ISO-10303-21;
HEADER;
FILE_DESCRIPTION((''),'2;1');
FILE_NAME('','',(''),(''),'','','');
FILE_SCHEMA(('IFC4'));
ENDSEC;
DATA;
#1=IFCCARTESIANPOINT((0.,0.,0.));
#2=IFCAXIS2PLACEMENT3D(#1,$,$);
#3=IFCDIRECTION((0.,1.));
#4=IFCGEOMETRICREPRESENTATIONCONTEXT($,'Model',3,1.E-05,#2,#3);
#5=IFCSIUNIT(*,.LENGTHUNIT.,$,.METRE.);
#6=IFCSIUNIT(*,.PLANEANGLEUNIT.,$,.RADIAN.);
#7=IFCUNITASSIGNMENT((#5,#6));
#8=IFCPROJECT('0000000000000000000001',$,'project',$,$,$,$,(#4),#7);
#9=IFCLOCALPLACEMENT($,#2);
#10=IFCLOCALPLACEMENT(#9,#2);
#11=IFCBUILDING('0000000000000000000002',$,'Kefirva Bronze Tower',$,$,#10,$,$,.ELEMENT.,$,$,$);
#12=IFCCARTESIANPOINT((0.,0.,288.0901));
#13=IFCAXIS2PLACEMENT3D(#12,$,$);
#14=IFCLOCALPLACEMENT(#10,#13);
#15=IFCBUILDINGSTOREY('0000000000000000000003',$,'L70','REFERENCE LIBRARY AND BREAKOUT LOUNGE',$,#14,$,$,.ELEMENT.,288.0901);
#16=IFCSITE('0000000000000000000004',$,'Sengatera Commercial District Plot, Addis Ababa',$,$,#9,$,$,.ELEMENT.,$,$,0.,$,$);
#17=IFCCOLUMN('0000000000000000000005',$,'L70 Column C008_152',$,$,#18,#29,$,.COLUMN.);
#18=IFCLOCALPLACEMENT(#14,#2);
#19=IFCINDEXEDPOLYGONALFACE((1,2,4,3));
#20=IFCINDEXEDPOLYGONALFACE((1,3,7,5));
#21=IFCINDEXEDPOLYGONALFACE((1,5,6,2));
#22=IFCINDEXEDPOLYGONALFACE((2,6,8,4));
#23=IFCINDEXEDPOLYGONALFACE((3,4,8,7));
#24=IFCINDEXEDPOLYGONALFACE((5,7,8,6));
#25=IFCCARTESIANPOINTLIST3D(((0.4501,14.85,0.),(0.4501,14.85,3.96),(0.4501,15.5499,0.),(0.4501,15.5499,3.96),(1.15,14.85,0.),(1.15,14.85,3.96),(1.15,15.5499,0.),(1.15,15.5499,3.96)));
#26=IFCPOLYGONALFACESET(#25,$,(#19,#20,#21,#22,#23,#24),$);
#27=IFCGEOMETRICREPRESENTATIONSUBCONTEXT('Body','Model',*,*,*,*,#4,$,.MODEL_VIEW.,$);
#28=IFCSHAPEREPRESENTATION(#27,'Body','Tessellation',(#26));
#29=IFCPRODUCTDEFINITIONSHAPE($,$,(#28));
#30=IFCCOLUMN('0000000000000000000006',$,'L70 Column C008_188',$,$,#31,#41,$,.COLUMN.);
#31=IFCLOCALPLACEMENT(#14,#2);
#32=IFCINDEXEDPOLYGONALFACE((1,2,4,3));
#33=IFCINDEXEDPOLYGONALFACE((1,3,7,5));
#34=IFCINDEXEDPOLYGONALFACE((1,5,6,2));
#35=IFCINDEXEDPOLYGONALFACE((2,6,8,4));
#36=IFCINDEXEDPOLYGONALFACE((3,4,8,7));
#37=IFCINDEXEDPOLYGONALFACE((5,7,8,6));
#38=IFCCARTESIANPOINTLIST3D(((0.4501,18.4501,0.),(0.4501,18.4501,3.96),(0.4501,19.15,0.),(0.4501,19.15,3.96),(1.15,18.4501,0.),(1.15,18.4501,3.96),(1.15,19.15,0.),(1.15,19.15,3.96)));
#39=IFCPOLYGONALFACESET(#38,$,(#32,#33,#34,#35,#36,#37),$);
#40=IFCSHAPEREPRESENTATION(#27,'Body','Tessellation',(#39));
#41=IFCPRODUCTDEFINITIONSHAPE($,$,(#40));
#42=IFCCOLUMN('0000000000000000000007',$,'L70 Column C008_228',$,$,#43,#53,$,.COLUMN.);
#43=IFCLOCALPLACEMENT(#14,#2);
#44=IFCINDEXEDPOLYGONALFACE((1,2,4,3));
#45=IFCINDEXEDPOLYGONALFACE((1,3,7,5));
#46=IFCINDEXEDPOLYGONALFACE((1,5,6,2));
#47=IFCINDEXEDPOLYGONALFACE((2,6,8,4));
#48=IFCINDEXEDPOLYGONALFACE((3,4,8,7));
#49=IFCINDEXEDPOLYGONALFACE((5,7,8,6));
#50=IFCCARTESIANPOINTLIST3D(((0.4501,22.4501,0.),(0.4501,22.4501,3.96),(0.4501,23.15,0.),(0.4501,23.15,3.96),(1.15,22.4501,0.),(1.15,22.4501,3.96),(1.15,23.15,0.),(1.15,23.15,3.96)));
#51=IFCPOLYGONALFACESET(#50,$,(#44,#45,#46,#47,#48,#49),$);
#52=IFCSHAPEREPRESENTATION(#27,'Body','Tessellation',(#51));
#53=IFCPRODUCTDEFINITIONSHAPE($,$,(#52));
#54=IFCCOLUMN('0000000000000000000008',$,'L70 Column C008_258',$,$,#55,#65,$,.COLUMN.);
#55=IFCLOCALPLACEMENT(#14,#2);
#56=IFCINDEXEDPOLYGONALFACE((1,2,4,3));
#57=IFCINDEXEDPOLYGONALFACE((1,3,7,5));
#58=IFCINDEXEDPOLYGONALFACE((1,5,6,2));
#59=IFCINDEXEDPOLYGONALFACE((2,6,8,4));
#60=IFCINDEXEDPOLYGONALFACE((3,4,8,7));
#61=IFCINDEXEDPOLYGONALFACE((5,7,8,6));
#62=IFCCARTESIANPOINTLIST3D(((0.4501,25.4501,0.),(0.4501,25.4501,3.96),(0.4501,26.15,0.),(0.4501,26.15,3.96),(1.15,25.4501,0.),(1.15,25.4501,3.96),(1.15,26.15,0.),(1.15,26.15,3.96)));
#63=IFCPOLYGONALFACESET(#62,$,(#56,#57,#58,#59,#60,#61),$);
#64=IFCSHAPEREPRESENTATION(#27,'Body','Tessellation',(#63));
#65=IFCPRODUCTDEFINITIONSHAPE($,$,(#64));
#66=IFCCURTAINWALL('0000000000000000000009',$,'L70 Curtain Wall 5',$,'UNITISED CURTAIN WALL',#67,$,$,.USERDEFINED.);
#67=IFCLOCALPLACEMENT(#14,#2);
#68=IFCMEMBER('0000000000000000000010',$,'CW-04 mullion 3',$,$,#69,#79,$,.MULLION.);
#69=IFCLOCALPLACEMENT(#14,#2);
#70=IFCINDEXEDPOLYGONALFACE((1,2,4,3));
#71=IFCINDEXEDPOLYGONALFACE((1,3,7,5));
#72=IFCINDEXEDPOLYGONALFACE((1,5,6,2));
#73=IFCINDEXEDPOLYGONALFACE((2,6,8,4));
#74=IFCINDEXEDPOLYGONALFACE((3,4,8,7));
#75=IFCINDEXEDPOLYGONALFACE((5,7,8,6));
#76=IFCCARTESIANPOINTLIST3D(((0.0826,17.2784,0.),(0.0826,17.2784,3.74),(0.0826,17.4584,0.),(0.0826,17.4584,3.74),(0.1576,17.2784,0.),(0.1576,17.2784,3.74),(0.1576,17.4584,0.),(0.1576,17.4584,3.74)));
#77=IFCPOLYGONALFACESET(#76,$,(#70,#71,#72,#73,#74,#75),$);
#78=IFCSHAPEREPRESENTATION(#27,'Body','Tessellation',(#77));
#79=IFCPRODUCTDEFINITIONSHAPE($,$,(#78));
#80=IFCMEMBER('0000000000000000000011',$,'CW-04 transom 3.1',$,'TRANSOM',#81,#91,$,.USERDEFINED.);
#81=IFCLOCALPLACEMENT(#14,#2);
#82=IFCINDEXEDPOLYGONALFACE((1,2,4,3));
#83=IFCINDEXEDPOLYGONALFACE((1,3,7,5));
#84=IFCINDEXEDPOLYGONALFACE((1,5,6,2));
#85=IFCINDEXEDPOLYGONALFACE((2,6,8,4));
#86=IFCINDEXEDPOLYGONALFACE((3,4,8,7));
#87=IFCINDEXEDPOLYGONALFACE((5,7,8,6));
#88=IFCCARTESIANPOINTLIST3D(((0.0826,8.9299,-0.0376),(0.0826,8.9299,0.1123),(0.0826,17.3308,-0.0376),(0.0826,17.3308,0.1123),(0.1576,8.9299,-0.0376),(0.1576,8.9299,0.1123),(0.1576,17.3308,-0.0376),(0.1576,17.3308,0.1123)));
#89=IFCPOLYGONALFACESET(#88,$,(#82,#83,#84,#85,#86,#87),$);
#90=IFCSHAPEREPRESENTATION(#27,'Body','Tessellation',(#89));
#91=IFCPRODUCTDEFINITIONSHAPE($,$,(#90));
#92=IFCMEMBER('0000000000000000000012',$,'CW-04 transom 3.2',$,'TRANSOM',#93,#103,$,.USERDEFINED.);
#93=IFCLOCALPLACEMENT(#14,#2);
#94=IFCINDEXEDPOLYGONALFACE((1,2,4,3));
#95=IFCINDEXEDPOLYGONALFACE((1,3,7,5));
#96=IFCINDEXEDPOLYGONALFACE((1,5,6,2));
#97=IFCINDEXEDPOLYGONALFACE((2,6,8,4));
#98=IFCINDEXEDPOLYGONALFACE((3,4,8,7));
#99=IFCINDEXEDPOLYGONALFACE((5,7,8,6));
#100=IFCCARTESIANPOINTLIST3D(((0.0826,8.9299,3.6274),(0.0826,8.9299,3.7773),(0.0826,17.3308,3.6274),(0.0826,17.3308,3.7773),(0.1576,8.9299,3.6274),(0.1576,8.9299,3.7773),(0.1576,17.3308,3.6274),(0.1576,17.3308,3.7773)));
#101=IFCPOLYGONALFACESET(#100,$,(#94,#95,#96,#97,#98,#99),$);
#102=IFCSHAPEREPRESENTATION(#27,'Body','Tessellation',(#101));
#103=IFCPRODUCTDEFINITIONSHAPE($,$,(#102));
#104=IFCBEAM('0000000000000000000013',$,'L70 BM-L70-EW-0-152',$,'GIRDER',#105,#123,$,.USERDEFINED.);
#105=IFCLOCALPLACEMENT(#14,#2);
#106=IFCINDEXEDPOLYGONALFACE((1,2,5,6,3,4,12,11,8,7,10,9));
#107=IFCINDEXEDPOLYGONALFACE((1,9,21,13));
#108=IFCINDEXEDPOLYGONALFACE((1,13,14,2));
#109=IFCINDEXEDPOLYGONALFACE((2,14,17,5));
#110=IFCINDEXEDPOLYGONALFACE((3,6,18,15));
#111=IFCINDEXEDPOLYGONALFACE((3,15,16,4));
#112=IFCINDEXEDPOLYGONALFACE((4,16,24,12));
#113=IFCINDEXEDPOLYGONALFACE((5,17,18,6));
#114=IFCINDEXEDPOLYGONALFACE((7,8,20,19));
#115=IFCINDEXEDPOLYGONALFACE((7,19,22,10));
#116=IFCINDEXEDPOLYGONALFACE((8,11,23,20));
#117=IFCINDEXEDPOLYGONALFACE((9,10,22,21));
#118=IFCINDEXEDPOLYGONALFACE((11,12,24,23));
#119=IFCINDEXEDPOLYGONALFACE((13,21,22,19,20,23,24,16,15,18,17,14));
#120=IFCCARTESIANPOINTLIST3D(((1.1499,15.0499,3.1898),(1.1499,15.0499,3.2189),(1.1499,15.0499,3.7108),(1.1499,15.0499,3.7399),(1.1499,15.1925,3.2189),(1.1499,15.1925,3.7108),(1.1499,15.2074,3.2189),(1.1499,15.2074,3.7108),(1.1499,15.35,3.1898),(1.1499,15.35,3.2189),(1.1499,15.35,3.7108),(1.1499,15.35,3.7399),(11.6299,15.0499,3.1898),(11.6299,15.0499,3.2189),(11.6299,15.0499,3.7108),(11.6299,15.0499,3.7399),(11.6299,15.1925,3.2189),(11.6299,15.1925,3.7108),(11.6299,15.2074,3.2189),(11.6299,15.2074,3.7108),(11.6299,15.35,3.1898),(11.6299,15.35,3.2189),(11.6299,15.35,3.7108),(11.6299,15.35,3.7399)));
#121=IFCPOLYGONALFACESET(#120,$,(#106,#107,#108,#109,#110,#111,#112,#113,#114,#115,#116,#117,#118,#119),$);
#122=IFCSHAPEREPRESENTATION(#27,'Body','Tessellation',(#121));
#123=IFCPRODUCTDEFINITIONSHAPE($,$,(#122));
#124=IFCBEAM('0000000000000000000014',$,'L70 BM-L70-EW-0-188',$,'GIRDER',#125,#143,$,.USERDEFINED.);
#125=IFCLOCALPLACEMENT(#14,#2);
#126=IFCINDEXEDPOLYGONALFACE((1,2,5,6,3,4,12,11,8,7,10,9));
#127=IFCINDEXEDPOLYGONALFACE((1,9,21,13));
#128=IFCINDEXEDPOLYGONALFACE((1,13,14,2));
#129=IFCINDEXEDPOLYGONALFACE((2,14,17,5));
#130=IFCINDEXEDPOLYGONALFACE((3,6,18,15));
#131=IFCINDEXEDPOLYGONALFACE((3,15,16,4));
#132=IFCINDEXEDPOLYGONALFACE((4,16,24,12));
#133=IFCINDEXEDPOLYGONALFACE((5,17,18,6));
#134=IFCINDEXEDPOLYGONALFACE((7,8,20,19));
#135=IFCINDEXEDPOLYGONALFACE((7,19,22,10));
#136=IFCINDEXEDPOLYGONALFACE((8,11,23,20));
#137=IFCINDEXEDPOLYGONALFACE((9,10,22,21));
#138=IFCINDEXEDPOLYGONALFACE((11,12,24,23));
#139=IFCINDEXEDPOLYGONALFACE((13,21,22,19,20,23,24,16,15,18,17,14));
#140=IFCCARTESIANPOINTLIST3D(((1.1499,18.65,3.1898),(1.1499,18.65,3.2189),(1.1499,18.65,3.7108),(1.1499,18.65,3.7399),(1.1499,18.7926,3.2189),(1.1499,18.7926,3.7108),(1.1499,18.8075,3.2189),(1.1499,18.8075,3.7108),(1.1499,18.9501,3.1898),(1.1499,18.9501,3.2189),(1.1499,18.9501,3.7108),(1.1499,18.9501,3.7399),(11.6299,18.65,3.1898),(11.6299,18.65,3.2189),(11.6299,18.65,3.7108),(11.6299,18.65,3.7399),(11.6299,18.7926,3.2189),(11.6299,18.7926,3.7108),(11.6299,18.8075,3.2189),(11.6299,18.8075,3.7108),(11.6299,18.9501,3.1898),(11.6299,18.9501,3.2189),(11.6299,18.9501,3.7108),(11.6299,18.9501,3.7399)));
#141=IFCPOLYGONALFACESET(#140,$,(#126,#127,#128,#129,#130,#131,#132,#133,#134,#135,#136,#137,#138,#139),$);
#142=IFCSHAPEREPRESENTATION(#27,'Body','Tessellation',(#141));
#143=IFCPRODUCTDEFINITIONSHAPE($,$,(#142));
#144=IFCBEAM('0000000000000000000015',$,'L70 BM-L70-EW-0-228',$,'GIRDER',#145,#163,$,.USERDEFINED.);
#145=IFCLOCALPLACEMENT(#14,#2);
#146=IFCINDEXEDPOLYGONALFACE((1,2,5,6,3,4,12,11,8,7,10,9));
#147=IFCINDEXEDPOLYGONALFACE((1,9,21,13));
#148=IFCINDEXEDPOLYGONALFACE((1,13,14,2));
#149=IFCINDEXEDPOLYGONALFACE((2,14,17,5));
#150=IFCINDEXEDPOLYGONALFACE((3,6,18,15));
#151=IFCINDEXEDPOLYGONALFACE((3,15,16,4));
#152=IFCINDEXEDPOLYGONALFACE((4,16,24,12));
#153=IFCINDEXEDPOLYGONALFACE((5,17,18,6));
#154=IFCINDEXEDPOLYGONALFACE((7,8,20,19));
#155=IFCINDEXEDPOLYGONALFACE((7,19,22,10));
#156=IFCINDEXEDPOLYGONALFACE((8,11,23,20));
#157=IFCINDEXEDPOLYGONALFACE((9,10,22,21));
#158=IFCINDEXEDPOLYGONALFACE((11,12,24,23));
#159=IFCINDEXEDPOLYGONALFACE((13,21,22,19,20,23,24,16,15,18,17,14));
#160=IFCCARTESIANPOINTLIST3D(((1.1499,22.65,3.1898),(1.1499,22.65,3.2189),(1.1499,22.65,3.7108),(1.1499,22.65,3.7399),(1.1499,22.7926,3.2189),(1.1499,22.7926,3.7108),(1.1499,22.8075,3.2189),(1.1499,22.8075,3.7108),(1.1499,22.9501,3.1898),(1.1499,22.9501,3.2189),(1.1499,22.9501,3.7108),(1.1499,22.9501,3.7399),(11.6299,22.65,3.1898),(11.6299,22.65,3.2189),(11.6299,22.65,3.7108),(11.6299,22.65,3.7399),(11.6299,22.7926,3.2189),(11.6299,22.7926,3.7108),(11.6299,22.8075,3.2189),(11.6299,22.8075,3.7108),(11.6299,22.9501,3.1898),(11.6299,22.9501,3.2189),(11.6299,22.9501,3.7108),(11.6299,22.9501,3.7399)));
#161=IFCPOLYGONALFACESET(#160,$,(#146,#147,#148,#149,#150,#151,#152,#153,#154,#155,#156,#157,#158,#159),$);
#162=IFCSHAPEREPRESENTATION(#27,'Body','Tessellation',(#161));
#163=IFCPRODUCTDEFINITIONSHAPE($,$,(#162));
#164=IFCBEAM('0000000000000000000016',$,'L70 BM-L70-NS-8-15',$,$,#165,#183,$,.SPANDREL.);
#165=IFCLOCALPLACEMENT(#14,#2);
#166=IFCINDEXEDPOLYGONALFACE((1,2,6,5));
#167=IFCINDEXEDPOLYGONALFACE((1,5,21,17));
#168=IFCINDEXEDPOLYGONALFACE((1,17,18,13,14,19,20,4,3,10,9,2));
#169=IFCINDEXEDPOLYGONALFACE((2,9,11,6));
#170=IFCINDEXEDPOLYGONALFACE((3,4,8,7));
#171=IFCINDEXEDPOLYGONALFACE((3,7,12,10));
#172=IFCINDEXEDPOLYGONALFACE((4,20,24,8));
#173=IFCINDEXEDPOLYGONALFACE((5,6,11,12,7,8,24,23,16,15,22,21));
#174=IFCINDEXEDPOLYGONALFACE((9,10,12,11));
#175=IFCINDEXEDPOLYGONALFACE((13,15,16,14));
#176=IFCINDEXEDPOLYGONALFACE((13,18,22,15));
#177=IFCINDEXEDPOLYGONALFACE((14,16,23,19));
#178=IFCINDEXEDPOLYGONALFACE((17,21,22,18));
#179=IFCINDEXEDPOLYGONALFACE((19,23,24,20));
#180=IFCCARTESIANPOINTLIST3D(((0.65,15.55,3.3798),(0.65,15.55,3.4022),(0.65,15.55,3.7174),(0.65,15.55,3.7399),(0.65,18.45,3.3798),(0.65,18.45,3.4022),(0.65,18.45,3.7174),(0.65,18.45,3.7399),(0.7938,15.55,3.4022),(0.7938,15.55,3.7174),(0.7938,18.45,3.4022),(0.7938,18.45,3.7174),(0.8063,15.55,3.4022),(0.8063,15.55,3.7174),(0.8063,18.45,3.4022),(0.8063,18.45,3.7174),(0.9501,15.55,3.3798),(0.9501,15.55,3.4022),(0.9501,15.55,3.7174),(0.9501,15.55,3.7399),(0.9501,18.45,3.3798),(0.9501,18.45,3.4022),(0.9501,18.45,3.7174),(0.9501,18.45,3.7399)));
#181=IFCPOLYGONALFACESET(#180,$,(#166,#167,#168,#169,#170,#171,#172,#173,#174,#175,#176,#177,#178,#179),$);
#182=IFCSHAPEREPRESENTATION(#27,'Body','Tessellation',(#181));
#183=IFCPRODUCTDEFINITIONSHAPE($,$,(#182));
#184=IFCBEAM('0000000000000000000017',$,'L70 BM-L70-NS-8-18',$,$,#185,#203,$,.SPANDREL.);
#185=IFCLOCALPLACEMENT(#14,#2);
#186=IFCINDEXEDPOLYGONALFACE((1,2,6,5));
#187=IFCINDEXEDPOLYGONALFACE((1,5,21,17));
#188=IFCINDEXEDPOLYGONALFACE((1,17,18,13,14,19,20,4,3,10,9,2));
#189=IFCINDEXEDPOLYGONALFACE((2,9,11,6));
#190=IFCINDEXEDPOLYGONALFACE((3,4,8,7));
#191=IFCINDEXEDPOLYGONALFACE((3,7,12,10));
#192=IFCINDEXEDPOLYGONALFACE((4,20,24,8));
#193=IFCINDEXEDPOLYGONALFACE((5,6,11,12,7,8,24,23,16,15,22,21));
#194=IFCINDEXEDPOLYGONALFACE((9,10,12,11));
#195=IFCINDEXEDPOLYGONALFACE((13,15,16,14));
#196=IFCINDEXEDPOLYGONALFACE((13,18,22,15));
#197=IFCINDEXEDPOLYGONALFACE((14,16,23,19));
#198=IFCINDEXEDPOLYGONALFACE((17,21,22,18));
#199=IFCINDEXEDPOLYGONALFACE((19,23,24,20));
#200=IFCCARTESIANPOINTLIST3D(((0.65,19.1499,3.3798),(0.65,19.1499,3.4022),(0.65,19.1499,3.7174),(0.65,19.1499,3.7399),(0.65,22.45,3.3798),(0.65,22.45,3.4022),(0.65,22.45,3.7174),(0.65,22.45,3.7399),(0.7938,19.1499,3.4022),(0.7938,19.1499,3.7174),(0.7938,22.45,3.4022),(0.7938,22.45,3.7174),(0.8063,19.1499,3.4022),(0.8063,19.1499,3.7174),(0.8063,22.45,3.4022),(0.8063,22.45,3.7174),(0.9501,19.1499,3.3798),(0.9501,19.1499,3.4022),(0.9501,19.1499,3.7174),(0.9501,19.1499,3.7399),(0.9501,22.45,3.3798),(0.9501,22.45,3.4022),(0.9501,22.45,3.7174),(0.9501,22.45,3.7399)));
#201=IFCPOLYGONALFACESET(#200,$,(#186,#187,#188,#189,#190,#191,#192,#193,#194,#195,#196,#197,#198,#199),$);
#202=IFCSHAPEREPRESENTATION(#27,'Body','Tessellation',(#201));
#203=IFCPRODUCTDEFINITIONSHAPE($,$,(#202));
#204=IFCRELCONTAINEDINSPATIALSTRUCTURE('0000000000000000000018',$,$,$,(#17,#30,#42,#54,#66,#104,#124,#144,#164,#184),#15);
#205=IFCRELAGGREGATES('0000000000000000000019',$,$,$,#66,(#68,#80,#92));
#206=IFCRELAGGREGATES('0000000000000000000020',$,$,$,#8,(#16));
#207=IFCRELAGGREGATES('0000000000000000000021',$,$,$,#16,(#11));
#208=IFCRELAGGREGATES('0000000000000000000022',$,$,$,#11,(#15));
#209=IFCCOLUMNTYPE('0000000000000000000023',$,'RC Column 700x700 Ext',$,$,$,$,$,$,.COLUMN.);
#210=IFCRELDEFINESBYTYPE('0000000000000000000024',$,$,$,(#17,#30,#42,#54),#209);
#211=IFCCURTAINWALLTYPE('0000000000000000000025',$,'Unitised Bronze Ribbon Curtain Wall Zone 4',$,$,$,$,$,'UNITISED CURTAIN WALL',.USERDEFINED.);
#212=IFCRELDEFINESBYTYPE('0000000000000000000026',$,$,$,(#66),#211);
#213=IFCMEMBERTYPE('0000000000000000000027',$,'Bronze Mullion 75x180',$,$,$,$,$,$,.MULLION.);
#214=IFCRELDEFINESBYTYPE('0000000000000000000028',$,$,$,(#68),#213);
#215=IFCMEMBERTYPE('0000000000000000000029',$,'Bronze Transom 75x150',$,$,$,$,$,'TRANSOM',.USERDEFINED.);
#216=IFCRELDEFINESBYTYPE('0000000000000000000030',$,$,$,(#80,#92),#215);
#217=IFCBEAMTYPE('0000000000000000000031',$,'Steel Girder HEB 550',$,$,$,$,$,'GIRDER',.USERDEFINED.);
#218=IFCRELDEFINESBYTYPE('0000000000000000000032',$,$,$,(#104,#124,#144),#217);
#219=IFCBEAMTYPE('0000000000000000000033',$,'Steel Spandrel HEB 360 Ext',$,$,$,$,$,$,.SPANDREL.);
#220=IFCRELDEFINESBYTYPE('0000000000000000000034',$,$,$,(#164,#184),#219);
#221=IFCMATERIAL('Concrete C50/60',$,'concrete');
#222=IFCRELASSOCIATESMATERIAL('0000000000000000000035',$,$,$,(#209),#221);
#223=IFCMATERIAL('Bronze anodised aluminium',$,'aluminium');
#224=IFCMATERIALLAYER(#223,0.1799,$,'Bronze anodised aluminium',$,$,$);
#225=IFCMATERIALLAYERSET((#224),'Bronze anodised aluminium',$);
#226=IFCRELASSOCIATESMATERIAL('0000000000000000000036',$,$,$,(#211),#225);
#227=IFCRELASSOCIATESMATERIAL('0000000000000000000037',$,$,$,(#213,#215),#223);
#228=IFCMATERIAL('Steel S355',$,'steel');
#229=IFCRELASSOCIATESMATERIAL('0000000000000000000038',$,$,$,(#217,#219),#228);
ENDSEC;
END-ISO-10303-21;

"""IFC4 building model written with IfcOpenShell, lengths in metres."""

from ifc_helpers import new_model, si_unit, direction, frame, origin, origin_2d, place, context, subcontext, project, spatial, rectangle, i_section, extrude, material, layer, layer_set, material_profile, profile_set, type_object, element, aggregate, save


model = new_model("IFC4")

# Units and contexts
model_context = context("Model", 3, precision=1e-05, world=origin(), true_north=direction((0.0, 1.0)))
body_context = subcontext(model_context, "Body", "Model", "MODEL_VIEW")
ifc_project = project(units=[si_unit("LENGTHUNIT", "METRE"), si_unit("PLANEANGLEUNIT", "RADIAN")], contexts=[model_context])

# Site, building, storey
site_placement = place(None, origin())
site = spatial("IfcSite", under=ifc_project, at=site_placement, Name="Sengatera Commercial District Plot, Addis Ababa", CompositionType="ELEMENT", RefElevation=0.0)
building_placement = place(site_placement, origin())
building = spatial("IfcBuilding", under=site, at=building_placement, Name="Kefirva Bronze Tower", CompositionType="ELEMENT")
storey_placement = place(building_placement, frame((0.0, 0.0, 288.0901)))
storey = spatial("IfcBuildingStorey", under=building, at=storey_placement, Name="L70", Description="REFERENCE LIBRARY AND BREAKOUT LOUNGE", CompositionType="ELEMENT", Elevation=288.0901)

# Columns
ifc_material_1 = material(Name="Concrete C50/60", Category="concrete")
ifc_material_profile_1 = material_profile(ifc_material_1, rectangle(XDim=0.7, YDim=0.7, at=origin_2d()), Name="RC 700x700")
ifc_profile_set_1 = profile_set([ifc_material_profile_1], Name="Concrete C50/60")
column_type = type_object("IfcColumnType", Name="RC Column 700x700 Ext", PredefinedType="COLUMN", material=ifc_profile_set_1)
for number, where, z_axis, x_axis, name in (
    (1, (0.8, 15.2, 0.0), (0.0, 0.0, 1.0), (1.0, 0.0, 0.0), "L70 Column C008_152"),
    (2, (0.8, 18.8, 0.0), (0.0, 0.0, 1.0), (1.0, 0.0, 0.0), "L70 Column C008_188"),
    (3, (0.8, 22.8, 0.0), (0.0, 0.0, 1.0), (1.0, 0.0, 0.0), "L70 Column C008_228"),
    (4, (0.8, 25.8, 0.0), (0.0, 0.0, 1.0), (1.0, 0.0, 0.0), "L70 Column C008_258"),
):
    element("IfcColumn", number, at=place(storey_placement, frame(where, z_axis=z_axis, x_axis=x_axis)), inside=storey, type_object=column_type, Name=name, PredefinedType="COLUMN", context=body_context, shape_type="SweptSolid", body=[
        extrude(rectangle(XDim=0.7, YDim=0.7, at=origin_2d()), origin(), (0.0, 0.0, 1.0), 3.96),
    ])

# Curtain wall, members
ifc_material_2 = material(Name="Bronze anodised aluminium", Category="aluminium")
ifc_layer_1 = layer(ifc_material_2, 0.1799, Name="Bronze anodised aluminium")
ifc_layer_set_1 = layer_set([ifc_layer_1], Name="Bronze anodised aluminium")
curtain_wall_type = type_object("IfcCurtainWallType", Name="Unitised Bronze Ribbon Curtain Wall Zone 4", ElementType="UNITISED CURTAIN WALL", PredefinedType="USERDEFINED", material=ifc_layer_set_1)
curtain_wall_placement = place(storey_placement, origin())
curtain_wall = element("IfcCurtainWall", 5, at=curtain_wall_placement, inside=storey, type_object=curtain_wall_type, Name="L70 Curtain Wall 5", ObjectType="UNITISED CURTAIN WALL", PredefinedType="USERDEFINED")
ifc_material_profile_2 = material_profile(ifc_material_2, rectangle(XDim=0.075, YDim=0.1799, at=origin_2d()), Name="ALU 75x180")
ifc_profile_set_2 = profile_set([ifc_material_profile_2], Name="Bronze anodised aluminium")
member_type_1 = type_object("IfcMemberType", Name="Bronze Mullion 75x180", PredefinedType="MULLION", material=ifc_profile_set_2)
member_1_placement = place(storey_placement, frame((0.1201, 17.3684, 0.0), z_axis=(0.0, 0.0, 1.0), x_axis=(1.0, 0.0, 0.0)))
member_1 = element("IfcMember", 6, at=member_1_placement, type_object=member_type_1, Name="CW-04 mullion 3", PredefinedType="MULLION", context=body_context, shape_type="SweptSolid", body=[
    extrude(rectangle(XDim=0.075, YDim=0.1799, at=origin_2d()), origin(), (0.0, 0.0, 1.0), 3.74),
])
ifc_material_profile_3 = material_profile(ifc_material_2, rectangle(XDim=0.075, YDim=0.1499, at=origin_2d()), Name="ALU 75x150")
ifc_profile_set_3 = profile_set([ifc_material_profile_3], Name="Bronze anodised aluminium")
member_type_2 = type_object("IfcMemberType", Name="Bronze Transom 75x150", ElementType="TRANSOM", PredefinedType="USERDEFINED", material=ifc_profile_set_3)
member_2_placement = place(storey_placement, frame((0.1201, 17.3308, 0.0374), z_axis=(0.0, -1.0, 0.0), x_axis=(1.0, 0.0, 0.0)))
member_2 = element("IfcMember", 7, at=member_2_placement, type_object=member_type_2, Name="CW-04 transom 3.1", ObjectType="TRANSOM", PredefinedType="USERDEFINED", context=body_context, shape_type="SweptSolid", body=[
    extrude(rectangle(XDim=0.075, YDim=0.1499, at=origin_2d()), origin(), (0.0, 0.0, 1.0), 8.4009),
])
member_3_placement = place(storey_placement, frame((0.1201, 17.3308, 3.7024), z_axis=(0.0, -1.0, 0.0), x_axis=(1.0, 0.0, 0.0)))
member_3 = element("IfcMember", 8, at=member_3_placement, type_object=member_type_2, Name="CW-04 transom 3.2", ObjectType="TRANSOM", PredefinedType="USERDEFINED", context=body_context, shape_type="SweptSolid", body=[
    extrude(rectangle(XDim=0.075, YDim=0.1499, at=origin_2d()), origin(), (0.0, 0.0, 1.0), 8.4009),
])

# Beams
ifc_material_3 = material(Name="Steel S355", Category="steel")
ifc_material_profile_4 = material_profile(ifc_material_3, i_section(OverallWidth=0.3, OverallDepth=0.55, WebThickness=0.0149, FlangeThickness=0.0291, at=origin_2d()), Name="HEB 550")
ifc_profile_set_4 = profile_set([ifc_material_profile_4], Name="Steel S355")
beam_type_1 = type_object("IfcBeamType", Name="Steel Girder HEB 550", ElementType="GIRDER", PredefinedType="USERDEFINED", material=ifc_profile_set_4)
for number, where, z_axis, x_axis, name in (
    (9, (1.1499, 15.2, 3.4648), (1.0, 0.0, 0.0), (0.0, 1.0, 0.0), "L70 BM-L70-EW-0-152"),
    (10, (1.1499, 18.8, 3.4648), (1.0, 0.0, 0.0), (0.0, 1.0, 0.0), "L70 BM-L70-EW-0-188"),
    (11, (1.1499, 22.8, 3.4648), (1.0, 0.0, 0.0), (0.0, 1.0, 0.0), "L70 BM-L70-EW-0-228"),
):
    element("IfcBeam", number, at=place(storey_placement, frame(where, z_axis=z_axis, x_axis=x_axis)), inside=storey, type_object=beam_type_1, Name=name, ObjectType="GIRDER", PredefinedType="USERDEFINED", context=body_context, shape_type="SweptSolid", body=[
        extrude(i_section(OverallWidth=0.3, OverallDepth=0.55, WebThickness=0.0149, FlangeThickness=0.0291, at=origin_2d()), origin(), (0.0, 0.0, 1.0), 10.48),
    ])
ifc_material_profile_5 = material_profile(ifc_material_3, i_section(OverallWidth=0.3, OverallDepth=0.3601, WebThickness=0.0125, FlangeThickness=0.0225, at=origin_2d()), Name="HEB 360")
ifc_profile_set_5 = profile_set([ifc_material_profile_5], Name="Steel S355")
beam_type_2 = type_object("IfcBeamType", Name="Steel Spandrel HEB 360 Ext", PredefinedType="SPANDREL", material=ifc_profile_set_5)
beam_1_placement = place(storey_placement, frame((0.8, 15.55, 3.5598), z_axis=(0.0, 1.0, 0.0), x_axis=(-1.0, 0.0, 0.0)))
element("IfcBeam", 12, at=beam_1_placement, inside=storey, type_object=beam_type_2, Name="L70 BM-L70-NS-8-15", PredefinedType="SPANDREL", context=body_context, shape_type="SweptSolid", body=[
    extrude(i_section(OverallWidth=0.3, OverallDepth=0.3601, WebThickness=0.0125, FlangeThickness=0.0225, at=origin_2d()), origin(), (0.0, 0.0, 1.0), 2.8999),
])
beam_2_placement = place(storey_placement, frame((0.8, 19.1499, 3.5598), z_axis=(0.0, 1.0, 0.0), x_axis=(-1.0, 0.0, 0.0)))
element("IfcBeam", 13, at=beam_2_placement, inside=storey, type_object=beam_type_2, Name="L70 BM-L70-NS-8-18", PredefinedType="SPANDREL", context=body_context, shape_type="SweptSolid", body=[
    extrude(i_section(OverallWidth=0.3, OverallDepth=0.3601, WebThickness=0.0125, FlangeThickness=0.0225, at=origin_2d()), origin(), (0.0, 0.0, 1.0), 3.3),
])

aggregate(curtain_wall, [member_1, member_2, member_3])

save(model, "model.ifc")
